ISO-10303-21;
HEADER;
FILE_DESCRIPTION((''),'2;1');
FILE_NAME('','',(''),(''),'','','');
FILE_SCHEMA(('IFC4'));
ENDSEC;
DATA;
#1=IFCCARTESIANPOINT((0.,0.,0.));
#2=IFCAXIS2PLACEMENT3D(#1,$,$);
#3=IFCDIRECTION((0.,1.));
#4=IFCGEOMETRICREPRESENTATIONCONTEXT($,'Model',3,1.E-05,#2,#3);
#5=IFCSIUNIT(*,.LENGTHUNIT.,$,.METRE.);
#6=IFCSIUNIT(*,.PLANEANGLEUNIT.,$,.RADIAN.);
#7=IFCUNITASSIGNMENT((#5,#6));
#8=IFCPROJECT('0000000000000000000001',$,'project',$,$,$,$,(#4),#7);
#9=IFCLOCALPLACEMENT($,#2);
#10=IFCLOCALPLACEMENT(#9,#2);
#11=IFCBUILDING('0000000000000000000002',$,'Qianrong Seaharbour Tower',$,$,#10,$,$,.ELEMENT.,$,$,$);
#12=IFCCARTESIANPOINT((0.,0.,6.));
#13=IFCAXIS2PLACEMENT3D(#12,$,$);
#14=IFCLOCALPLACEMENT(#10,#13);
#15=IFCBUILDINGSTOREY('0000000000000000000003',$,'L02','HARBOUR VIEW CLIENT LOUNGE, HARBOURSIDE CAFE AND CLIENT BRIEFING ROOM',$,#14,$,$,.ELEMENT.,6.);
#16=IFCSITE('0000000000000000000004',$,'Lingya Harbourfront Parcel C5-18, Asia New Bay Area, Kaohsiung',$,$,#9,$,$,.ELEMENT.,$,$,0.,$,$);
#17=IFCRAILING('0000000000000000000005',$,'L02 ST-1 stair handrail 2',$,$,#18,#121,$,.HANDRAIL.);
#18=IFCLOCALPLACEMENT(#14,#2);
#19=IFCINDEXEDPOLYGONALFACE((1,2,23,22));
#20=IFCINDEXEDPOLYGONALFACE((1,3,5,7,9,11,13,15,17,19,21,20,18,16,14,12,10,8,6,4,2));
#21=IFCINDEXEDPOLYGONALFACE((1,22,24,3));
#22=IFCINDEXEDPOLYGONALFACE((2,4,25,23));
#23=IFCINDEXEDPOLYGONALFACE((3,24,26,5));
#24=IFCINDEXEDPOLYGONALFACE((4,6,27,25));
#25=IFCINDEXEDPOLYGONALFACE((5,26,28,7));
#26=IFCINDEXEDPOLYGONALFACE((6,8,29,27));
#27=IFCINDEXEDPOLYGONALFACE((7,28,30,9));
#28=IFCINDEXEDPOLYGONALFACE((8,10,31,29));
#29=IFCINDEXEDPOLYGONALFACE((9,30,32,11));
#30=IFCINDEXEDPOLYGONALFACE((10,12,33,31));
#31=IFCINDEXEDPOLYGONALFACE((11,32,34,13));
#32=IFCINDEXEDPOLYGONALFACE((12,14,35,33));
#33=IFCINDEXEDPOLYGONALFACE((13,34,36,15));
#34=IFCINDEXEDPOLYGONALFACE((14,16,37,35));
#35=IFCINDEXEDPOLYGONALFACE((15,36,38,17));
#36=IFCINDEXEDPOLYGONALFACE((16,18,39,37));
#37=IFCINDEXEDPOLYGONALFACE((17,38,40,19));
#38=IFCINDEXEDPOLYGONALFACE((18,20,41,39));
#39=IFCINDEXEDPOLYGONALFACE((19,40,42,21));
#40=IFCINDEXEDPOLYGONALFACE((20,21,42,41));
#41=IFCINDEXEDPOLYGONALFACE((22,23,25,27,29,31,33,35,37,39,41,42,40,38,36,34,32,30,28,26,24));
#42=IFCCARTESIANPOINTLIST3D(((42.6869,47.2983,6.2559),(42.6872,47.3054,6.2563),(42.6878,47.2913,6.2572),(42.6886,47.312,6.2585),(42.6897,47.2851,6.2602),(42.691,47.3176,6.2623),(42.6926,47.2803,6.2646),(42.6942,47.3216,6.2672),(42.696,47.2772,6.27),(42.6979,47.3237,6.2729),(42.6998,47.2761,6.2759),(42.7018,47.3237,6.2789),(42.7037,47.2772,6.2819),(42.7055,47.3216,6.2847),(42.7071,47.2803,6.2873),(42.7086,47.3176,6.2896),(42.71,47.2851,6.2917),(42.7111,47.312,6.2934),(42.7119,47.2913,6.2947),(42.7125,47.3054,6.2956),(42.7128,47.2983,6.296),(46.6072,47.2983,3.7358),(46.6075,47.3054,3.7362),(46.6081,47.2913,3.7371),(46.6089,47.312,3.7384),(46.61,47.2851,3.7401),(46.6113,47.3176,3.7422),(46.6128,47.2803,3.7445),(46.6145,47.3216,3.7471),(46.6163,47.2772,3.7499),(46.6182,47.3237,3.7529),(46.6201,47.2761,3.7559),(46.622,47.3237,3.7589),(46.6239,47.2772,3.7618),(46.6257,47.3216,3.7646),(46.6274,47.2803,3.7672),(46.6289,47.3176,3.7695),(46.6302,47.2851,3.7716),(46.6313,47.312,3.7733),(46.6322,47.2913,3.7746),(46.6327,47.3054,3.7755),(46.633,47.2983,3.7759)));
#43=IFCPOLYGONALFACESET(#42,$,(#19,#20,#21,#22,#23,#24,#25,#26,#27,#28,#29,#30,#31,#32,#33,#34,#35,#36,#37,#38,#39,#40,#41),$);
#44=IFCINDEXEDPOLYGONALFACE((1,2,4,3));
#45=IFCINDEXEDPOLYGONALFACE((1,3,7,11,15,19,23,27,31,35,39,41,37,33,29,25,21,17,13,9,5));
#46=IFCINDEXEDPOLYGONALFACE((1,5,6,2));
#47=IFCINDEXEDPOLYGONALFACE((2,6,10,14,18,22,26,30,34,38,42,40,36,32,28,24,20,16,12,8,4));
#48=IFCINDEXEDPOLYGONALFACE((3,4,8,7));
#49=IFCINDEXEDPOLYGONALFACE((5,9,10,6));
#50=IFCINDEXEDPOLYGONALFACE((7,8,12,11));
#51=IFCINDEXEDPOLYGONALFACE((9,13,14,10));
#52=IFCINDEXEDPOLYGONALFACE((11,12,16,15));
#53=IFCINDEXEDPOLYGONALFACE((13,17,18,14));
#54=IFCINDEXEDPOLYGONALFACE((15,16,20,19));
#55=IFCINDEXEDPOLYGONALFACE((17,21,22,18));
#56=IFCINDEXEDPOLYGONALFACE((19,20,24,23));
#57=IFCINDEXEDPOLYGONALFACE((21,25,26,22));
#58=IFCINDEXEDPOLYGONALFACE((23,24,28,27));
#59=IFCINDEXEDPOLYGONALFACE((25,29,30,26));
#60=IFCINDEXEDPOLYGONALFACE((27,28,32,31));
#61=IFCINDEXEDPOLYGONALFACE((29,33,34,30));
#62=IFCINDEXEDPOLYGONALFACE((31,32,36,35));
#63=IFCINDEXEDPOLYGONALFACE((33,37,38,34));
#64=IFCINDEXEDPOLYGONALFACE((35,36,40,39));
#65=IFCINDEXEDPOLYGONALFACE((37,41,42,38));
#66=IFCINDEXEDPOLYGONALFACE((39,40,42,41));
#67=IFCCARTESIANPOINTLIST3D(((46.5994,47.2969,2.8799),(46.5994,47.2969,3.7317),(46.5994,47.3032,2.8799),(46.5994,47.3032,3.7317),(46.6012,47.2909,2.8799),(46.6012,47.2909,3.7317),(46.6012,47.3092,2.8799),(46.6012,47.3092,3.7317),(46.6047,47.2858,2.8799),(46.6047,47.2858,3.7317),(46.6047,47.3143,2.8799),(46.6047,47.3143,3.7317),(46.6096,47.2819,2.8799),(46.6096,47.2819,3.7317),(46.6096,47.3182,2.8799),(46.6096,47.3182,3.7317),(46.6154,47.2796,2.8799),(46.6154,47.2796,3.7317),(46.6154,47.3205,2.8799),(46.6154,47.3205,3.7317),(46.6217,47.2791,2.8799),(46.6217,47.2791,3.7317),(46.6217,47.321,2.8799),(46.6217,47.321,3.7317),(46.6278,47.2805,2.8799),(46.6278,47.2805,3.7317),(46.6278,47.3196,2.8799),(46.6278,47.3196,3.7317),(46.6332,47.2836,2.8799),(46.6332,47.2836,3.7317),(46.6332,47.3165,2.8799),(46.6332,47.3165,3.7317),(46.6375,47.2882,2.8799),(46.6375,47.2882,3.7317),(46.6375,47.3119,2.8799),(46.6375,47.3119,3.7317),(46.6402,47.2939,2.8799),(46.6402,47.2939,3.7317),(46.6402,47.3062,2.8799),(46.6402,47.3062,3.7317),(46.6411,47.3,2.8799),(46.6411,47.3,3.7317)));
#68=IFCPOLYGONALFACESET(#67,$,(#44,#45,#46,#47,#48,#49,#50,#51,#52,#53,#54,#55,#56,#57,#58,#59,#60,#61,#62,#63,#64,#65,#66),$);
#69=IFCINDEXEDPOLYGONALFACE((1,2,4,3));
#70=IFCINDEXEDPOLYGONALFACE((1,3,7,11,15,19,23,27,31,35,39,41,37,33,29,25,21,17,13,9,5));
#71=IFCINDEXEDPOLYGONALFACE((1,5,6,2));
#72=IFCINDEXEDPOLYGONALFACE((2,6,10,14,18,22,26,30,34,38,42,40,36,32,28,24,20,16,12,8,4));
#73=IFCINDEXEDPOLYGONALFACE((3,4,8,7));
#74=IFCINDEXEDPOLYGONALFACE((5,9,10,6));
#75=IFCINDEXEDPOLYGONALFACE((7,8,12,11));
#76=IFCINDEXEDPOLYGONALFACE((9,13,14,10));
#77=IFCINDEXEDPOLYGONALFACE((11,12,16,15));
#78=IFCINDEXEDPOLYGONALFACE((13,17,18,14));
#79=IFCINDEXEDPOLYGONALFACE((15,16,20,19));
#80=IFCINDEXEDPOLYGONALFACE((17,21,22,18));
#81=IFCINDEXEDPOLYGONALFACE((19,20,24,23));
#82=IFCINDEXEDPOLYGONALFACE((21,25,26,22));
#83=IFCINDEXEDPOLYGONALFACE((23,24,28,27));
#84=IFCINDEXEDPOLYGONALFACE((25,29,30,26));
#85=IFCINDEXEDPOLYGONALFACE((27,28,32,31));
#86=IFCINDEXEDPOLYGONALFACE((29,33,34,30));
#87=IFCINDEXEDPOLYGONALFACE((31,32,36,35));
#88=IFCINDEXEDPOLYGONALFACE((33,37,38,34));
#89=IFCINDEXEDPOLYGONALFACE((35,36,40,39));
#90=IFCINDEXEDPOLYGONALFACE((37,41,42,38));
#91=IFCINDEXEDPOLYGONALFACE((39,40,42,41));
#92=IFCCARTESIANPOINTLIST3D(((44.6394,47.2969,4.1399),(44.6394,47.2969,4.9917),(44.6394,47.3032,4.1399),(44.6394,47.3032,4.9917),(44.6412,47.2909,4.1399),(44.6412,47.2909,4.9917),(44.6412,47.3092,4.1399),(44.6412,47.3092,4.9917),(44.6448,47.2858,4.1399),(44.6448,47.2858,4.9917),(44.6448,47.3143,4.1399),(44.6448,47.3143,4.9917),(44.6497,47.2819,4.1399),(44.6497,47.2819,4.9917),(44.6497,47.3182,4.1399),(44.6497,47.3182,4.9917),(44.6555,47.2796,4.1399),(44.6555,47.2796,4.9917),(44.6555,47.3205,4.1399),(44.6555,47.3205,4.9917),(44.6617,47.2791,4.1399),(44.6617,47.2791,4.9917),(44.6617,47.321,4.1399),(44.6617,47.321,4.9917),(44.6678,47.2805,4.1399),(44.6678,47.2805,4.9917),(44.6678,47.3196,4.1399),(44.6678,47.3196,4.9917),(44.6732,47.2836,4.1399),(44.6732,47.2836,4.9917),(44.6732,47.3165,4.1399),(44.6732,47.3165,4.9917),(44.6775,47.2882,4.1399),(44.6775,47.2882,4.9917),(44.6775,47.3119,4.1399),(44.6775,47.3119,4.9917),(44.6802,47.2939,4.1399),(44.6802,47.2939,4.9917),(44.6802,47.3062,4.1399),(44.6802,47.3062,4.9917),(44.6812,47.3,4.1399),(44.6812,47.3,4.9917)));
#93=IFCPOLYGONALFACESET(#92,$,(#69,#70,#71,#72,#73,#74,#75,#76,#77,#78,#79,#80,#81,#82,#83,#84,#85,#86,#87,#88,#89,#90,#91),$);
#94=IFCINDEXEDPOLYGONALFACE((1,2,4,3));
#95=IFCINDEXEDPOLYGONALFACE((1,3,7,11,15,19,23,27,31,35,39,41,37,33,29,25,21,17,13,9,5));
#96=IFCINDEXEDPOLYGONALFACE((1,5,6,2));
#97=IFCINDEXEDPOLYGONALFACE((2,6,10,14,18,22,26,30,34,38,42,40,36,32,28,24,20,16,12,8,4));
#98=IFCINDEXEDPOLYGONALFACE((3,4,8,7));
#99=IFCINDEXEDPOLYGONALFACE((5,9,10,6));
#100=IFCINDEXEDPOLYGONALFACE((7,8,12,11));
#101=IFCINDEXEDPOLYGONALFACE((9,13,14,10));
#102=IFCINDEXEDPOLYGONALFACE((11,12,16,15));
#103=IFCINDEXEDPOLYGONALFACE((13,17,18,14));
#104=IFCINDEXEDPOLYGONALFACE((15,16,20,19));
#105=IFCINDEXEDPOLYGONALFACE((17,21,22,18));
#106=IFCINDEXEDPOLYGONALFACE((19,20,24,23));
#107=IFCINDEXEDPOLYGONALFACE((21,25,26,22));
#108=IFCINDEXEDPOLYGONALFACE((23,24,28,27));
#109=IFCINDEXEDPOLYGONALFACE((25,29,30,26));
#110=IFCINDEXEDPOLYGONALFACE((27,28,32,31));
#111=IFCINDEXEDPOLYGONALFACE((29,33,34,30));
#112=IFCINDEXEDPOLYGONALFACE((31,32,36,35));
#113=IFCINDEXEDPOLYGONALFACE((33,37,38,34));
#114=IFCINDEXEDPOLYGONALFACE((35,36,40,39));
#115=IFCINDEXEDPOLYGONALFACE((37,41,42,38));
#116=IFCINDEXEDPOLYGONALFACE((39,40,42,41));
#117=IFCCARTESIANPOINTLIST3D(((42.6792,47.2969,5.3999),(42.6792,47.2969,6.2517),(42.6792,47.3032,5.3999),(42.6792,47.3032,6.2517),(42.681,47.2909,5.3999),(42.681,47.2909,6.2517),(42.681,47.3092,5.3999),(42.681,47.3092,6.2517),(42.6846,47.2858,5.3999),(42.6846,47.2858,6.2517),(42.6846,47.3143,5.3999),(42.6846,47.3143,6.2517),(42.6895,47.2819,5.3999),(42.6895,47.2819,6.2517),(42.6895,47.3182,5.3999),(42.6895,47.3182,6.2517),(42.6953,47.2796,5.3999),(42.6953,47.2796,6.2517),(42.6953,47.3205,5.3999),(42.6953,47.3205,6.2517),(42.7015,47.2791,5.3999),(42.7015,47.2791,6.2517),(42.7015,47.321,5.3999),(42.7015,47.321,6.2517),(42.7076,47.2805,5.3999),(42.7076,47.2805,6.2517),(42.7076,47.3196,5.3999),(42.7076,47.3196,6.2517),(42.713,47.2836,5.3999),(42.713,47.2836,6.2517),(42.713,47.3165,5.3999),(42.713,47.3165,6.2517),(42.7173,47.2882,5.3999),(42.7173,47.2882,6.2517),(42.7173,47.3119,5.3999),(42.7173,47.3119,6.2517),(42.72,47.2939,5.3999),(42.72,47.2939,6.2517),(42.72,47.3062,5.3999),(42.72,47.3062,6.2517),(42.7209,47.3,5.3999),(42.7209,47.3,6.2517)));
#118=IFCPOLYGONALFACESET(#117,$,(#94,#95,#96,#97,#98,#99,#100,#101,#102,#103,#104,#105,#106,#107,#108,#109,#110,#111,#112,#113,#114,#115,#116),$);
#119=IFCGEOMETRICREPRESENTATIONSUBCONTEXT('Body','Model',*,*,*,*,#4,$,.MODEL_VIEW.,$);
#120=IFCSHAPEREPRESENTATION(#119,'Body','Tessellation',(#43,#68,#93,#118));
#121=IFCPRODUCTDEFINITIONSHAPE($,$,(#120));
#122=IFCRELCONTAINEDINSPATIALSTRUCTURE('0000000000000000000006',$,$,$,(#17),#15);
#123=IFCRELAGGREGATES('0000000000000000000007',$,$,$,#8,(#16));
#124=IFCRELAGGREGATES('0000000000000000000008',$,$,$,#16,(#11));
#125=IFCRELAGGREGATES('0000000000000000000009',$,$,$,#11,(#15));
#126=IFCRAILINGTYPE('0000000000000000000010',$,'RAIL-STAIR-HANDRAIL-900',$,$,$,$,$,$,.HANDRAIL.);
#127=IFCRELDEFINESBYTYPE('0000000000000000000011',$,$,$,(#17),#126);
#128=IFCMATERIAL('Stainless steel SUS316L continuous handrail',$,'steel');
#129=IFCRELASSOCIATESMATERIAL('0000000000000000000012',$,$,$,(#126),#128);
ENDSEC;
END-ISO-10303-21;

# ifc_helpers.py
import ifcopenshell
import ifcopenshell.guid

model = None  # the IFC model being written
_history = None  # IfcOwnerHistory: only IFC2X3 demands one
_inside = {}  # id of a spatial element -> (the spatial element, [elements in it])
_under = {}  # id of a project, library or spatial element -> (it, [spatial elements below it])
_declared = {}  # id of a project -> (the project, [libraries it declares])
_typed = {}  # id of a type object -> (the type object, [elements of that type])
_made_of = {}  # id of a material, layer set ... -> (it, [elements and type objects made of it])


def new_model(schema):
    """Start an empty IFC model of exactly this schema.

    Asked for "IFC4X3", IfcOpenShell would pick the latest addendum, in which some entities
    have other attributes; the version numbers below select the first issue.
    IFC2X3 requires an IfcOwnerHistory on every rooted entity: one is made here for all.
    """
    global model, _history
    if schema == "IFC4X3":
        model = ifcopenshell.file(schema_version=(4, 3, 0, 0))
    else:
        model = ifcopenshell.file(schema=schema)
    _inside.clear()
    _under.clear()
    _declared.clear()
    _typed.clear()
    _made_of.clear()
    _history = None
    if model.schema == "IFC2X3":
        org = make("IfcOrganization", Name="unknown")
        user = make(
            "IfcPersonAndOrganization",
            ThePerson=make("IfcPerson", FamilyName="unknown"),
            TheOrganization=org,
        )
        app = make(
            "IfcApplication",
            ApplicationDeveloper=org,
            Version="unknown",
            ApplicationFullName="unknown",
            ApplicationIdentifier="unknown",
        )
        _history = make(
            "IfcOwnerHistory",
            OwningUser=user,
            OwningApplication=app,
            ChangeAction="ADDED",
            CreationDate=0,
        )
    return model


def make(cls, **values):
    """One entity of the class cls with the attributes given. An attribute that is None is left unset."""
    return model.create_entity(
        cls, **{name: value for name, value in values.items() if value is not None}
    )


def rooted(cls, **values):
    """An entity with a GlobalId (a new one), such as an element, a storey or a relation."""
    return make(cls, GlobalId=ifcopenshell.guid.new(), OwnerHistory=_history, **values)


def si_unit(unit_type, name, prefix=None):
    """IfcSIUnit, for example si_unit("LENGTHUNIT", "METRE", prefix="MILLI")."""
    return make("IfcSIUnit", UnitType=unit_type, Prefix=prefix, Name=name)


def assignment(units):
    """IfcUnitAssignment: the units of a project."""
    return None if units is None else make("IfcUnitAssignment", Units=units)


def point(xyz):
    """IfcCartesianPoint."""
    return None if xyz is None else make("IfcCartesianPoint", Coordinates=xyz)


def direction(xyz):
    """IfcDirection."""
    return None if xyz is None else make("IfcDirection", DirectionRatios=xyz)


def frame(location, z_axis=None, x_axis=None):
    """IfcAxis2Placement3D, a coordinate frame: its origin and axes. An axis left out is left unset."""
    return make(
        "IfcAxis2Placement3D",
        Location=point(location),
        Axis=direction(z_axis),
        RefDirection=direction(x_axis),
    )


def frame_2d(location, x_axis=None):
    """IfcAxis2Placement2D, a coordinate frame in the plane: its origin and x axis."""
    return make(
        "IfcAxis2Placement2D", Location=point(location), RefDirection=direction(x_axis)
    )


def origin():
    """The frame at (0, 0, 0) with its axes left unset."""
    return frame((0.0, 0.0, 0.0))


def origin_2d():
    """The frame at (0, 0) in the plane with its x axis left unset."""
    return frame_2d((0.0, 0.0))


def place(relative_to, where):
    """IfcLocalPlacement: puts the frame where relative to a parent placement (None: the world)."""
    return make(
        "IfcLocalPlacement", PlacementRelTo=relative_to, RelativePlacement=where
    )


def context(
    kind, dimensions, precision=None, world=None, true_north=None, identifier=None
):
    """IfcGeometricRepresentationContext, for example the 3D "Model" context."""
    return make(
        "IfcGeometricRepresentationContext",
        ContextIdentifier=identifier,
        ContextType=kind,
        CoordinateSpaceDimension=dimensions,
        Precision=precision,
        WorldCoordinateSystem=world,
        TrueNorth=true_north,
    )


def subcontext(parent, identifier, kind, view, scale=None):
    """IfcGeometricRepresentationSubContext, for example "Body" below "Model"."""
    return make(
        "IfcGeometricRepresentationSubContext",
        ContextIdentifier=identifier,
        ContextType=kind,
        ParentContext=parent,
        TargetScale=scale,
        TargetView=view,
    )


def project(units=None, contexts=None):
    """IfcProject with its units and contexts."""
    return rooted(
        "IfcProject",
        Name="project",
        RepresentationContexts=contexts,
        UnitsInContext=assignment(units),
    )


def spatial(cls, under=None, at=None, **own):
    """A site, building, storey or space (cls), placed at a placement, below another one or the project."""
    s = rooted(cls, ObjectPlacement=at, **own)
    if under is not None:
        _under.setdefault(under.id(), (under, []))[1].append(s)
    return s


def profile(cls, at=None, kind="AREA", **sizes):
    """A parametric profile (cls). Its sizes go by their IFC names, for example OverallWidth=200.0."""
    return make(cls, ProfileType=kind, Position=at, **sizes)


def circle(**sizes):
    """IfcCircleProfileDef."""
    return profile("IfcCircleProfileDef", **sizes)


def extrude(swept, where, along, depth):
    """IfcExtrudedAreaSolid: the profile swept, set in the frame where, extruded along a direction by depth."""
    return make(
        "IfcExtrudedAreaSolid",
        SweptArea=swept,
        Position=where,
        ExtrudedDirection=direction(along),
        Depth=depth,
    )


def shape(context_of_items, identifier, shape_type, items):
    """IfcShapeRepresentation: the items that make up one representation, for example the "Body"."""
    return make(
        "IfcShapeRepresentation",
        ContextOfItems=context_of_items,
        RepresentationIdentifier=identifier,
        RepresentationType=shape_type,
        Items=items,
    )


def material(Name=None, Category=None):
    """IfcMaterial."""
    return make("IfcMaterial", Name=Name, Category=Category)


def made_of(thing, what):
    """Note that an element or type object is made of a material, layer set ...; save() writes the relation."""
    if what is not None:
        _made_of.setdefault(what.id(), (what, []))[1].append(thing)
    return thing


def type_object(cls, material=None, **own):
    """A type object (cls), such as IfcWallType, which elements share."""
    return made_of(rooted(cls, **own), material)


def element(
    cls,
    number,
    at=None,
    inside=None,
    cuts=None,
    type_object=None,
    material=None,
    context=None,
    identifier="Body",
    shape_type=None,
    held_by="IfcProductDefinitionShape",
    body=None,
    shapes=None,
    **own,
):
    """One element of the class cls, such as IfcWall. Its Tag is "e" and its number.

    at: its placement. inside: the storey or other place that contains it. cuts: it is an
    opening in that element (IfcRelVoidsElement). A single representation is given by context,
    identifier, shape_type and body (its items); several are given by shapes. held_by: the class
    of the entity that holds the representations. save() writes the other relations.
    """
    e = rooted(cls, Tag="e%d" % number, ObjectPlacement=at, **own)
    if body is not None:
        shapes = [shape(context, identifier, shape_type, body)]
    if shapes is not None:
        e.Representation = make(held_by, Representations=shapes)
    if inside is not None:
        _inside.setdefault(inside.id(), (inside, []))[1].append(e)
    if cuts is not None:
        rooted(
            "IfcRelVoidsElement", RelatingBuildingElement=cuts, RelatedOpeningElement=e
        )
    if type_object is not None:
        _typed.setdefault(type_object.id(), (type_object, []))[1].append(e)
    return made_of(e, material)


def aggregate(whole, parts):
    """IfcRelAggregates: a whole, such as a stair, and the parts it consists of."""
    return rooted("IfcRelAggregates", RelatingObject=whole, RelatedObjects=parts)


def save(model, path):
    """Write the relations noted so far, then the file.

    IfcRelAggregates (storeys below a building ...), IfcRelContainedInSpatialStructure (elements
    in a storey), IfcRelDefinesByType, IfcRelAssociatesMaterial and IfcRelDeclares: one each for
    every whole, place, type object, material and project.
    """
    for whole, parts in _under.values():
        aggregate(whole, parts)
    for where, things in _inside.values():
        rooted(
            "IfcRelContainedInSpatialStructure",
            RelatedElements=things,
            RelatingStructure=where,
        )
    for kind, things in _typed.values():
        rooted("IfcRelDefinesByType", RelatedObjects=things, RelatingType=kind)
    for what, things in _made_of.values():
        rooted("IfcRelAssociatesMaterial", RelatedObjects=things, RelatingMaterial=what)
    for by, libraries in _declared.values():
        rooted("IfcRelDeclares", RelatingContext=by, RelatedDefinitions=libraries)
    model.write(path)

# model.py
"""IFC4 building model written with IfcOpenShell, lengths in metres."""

from ifc_helpers import new_model, si_unit, direction, frame, origin, origin_2d, place, context, subcontext, project, spatial, circle, extrude, material, type_object, element, save


model = new_model("IFC4")

# Units and contexts
model_context = context("Model", 3, precision=1e-05, world=origin(), true_north=direction((0.0, 1.0)))
body_context = subcontext(model_context, "Body", "Model", "MODEL_VIEW")
ifc_project = project(units=[si_unit("LENGTHUNIT", "METRE"), si_unit("PLANEANGLEUNIT", "RADIAN")], contexts=[model_context])

# Site, building, storey
site_placement = place(None, origin())
site = spatial("IfcSite", under=ifc_project, at=site_placement, Name="Lingya Harbourfront Parcel C5-18, Asia New Bay Area, Kaohsiung", CompositionType="ELEMENT", RefElevation=0.0)
building_placement = place(site_placement, origin())
building = spatial("IfcBuilding", under=site, at=building_placement, Name="Qianrong Seaharbour Tower", CompositionType="ELEMENT")
storey_placement = place(building_placement, frame((0.0, 0.0, 6.0)))
storey = spatial("IfcBuildingStorey", under=building, at=storey_placement, Name="L02", Description="HARBOUR VIEW CLIENT LOUNGE, HARBOURSIDE CAFE AND CLIENT BRIEFING ROOM", CompositionType="ELEMENT", Elevation=6.0)

# Railing
ifc_material_1 = material(Name="Stainless steel SUS316L continuous handrail", Category="steel")
railing_type_1 = type_object("IfcRailingType", Name="RAIL-STAIR-HANDRAIL-900", PredefinedType="HANDRAIL", material=ifc_material_1)
railing_1_placement = place(storey_placement, frame((46.6201, 47.3, 2.8799)))
element("IfcRailing", 1, at=railing_1_placement, inside=storey, type_object=railing_type_1, Name="L02 ST-1 stair handrail 2", PredefinedType="HANDRAIL", context=body_context, shape_type="SweptSolid", body=[
    extrude(circle(Radius=0.0239, at=origin_2d()), frame((0.0, 0.0, 0.876), z_axis=(-0.841187, 0.0, 0.540744), x_axis=(0.0, -1.0, 0.0)), (0.0, 0.0, 1.0), 4.6604),
    extrude(circle(Radius=0.021, at=origin_2d()), origin(), (0.0, 0.0, 1.0), 0.8518),
    extrude(circle(Radius=0.021, at=origin_2d()), frame((-1.96, 0.0, 1.26)), (0.0, 0.0, 1.0), 0.8518),
    extrude(circle(Radius=0.021, at=origin_2d()), frame((-3.9202, 0.0, 2.52)), (0.0, 0.0, 1.0), 0.8518),
])

save(model, "model.ifc")
